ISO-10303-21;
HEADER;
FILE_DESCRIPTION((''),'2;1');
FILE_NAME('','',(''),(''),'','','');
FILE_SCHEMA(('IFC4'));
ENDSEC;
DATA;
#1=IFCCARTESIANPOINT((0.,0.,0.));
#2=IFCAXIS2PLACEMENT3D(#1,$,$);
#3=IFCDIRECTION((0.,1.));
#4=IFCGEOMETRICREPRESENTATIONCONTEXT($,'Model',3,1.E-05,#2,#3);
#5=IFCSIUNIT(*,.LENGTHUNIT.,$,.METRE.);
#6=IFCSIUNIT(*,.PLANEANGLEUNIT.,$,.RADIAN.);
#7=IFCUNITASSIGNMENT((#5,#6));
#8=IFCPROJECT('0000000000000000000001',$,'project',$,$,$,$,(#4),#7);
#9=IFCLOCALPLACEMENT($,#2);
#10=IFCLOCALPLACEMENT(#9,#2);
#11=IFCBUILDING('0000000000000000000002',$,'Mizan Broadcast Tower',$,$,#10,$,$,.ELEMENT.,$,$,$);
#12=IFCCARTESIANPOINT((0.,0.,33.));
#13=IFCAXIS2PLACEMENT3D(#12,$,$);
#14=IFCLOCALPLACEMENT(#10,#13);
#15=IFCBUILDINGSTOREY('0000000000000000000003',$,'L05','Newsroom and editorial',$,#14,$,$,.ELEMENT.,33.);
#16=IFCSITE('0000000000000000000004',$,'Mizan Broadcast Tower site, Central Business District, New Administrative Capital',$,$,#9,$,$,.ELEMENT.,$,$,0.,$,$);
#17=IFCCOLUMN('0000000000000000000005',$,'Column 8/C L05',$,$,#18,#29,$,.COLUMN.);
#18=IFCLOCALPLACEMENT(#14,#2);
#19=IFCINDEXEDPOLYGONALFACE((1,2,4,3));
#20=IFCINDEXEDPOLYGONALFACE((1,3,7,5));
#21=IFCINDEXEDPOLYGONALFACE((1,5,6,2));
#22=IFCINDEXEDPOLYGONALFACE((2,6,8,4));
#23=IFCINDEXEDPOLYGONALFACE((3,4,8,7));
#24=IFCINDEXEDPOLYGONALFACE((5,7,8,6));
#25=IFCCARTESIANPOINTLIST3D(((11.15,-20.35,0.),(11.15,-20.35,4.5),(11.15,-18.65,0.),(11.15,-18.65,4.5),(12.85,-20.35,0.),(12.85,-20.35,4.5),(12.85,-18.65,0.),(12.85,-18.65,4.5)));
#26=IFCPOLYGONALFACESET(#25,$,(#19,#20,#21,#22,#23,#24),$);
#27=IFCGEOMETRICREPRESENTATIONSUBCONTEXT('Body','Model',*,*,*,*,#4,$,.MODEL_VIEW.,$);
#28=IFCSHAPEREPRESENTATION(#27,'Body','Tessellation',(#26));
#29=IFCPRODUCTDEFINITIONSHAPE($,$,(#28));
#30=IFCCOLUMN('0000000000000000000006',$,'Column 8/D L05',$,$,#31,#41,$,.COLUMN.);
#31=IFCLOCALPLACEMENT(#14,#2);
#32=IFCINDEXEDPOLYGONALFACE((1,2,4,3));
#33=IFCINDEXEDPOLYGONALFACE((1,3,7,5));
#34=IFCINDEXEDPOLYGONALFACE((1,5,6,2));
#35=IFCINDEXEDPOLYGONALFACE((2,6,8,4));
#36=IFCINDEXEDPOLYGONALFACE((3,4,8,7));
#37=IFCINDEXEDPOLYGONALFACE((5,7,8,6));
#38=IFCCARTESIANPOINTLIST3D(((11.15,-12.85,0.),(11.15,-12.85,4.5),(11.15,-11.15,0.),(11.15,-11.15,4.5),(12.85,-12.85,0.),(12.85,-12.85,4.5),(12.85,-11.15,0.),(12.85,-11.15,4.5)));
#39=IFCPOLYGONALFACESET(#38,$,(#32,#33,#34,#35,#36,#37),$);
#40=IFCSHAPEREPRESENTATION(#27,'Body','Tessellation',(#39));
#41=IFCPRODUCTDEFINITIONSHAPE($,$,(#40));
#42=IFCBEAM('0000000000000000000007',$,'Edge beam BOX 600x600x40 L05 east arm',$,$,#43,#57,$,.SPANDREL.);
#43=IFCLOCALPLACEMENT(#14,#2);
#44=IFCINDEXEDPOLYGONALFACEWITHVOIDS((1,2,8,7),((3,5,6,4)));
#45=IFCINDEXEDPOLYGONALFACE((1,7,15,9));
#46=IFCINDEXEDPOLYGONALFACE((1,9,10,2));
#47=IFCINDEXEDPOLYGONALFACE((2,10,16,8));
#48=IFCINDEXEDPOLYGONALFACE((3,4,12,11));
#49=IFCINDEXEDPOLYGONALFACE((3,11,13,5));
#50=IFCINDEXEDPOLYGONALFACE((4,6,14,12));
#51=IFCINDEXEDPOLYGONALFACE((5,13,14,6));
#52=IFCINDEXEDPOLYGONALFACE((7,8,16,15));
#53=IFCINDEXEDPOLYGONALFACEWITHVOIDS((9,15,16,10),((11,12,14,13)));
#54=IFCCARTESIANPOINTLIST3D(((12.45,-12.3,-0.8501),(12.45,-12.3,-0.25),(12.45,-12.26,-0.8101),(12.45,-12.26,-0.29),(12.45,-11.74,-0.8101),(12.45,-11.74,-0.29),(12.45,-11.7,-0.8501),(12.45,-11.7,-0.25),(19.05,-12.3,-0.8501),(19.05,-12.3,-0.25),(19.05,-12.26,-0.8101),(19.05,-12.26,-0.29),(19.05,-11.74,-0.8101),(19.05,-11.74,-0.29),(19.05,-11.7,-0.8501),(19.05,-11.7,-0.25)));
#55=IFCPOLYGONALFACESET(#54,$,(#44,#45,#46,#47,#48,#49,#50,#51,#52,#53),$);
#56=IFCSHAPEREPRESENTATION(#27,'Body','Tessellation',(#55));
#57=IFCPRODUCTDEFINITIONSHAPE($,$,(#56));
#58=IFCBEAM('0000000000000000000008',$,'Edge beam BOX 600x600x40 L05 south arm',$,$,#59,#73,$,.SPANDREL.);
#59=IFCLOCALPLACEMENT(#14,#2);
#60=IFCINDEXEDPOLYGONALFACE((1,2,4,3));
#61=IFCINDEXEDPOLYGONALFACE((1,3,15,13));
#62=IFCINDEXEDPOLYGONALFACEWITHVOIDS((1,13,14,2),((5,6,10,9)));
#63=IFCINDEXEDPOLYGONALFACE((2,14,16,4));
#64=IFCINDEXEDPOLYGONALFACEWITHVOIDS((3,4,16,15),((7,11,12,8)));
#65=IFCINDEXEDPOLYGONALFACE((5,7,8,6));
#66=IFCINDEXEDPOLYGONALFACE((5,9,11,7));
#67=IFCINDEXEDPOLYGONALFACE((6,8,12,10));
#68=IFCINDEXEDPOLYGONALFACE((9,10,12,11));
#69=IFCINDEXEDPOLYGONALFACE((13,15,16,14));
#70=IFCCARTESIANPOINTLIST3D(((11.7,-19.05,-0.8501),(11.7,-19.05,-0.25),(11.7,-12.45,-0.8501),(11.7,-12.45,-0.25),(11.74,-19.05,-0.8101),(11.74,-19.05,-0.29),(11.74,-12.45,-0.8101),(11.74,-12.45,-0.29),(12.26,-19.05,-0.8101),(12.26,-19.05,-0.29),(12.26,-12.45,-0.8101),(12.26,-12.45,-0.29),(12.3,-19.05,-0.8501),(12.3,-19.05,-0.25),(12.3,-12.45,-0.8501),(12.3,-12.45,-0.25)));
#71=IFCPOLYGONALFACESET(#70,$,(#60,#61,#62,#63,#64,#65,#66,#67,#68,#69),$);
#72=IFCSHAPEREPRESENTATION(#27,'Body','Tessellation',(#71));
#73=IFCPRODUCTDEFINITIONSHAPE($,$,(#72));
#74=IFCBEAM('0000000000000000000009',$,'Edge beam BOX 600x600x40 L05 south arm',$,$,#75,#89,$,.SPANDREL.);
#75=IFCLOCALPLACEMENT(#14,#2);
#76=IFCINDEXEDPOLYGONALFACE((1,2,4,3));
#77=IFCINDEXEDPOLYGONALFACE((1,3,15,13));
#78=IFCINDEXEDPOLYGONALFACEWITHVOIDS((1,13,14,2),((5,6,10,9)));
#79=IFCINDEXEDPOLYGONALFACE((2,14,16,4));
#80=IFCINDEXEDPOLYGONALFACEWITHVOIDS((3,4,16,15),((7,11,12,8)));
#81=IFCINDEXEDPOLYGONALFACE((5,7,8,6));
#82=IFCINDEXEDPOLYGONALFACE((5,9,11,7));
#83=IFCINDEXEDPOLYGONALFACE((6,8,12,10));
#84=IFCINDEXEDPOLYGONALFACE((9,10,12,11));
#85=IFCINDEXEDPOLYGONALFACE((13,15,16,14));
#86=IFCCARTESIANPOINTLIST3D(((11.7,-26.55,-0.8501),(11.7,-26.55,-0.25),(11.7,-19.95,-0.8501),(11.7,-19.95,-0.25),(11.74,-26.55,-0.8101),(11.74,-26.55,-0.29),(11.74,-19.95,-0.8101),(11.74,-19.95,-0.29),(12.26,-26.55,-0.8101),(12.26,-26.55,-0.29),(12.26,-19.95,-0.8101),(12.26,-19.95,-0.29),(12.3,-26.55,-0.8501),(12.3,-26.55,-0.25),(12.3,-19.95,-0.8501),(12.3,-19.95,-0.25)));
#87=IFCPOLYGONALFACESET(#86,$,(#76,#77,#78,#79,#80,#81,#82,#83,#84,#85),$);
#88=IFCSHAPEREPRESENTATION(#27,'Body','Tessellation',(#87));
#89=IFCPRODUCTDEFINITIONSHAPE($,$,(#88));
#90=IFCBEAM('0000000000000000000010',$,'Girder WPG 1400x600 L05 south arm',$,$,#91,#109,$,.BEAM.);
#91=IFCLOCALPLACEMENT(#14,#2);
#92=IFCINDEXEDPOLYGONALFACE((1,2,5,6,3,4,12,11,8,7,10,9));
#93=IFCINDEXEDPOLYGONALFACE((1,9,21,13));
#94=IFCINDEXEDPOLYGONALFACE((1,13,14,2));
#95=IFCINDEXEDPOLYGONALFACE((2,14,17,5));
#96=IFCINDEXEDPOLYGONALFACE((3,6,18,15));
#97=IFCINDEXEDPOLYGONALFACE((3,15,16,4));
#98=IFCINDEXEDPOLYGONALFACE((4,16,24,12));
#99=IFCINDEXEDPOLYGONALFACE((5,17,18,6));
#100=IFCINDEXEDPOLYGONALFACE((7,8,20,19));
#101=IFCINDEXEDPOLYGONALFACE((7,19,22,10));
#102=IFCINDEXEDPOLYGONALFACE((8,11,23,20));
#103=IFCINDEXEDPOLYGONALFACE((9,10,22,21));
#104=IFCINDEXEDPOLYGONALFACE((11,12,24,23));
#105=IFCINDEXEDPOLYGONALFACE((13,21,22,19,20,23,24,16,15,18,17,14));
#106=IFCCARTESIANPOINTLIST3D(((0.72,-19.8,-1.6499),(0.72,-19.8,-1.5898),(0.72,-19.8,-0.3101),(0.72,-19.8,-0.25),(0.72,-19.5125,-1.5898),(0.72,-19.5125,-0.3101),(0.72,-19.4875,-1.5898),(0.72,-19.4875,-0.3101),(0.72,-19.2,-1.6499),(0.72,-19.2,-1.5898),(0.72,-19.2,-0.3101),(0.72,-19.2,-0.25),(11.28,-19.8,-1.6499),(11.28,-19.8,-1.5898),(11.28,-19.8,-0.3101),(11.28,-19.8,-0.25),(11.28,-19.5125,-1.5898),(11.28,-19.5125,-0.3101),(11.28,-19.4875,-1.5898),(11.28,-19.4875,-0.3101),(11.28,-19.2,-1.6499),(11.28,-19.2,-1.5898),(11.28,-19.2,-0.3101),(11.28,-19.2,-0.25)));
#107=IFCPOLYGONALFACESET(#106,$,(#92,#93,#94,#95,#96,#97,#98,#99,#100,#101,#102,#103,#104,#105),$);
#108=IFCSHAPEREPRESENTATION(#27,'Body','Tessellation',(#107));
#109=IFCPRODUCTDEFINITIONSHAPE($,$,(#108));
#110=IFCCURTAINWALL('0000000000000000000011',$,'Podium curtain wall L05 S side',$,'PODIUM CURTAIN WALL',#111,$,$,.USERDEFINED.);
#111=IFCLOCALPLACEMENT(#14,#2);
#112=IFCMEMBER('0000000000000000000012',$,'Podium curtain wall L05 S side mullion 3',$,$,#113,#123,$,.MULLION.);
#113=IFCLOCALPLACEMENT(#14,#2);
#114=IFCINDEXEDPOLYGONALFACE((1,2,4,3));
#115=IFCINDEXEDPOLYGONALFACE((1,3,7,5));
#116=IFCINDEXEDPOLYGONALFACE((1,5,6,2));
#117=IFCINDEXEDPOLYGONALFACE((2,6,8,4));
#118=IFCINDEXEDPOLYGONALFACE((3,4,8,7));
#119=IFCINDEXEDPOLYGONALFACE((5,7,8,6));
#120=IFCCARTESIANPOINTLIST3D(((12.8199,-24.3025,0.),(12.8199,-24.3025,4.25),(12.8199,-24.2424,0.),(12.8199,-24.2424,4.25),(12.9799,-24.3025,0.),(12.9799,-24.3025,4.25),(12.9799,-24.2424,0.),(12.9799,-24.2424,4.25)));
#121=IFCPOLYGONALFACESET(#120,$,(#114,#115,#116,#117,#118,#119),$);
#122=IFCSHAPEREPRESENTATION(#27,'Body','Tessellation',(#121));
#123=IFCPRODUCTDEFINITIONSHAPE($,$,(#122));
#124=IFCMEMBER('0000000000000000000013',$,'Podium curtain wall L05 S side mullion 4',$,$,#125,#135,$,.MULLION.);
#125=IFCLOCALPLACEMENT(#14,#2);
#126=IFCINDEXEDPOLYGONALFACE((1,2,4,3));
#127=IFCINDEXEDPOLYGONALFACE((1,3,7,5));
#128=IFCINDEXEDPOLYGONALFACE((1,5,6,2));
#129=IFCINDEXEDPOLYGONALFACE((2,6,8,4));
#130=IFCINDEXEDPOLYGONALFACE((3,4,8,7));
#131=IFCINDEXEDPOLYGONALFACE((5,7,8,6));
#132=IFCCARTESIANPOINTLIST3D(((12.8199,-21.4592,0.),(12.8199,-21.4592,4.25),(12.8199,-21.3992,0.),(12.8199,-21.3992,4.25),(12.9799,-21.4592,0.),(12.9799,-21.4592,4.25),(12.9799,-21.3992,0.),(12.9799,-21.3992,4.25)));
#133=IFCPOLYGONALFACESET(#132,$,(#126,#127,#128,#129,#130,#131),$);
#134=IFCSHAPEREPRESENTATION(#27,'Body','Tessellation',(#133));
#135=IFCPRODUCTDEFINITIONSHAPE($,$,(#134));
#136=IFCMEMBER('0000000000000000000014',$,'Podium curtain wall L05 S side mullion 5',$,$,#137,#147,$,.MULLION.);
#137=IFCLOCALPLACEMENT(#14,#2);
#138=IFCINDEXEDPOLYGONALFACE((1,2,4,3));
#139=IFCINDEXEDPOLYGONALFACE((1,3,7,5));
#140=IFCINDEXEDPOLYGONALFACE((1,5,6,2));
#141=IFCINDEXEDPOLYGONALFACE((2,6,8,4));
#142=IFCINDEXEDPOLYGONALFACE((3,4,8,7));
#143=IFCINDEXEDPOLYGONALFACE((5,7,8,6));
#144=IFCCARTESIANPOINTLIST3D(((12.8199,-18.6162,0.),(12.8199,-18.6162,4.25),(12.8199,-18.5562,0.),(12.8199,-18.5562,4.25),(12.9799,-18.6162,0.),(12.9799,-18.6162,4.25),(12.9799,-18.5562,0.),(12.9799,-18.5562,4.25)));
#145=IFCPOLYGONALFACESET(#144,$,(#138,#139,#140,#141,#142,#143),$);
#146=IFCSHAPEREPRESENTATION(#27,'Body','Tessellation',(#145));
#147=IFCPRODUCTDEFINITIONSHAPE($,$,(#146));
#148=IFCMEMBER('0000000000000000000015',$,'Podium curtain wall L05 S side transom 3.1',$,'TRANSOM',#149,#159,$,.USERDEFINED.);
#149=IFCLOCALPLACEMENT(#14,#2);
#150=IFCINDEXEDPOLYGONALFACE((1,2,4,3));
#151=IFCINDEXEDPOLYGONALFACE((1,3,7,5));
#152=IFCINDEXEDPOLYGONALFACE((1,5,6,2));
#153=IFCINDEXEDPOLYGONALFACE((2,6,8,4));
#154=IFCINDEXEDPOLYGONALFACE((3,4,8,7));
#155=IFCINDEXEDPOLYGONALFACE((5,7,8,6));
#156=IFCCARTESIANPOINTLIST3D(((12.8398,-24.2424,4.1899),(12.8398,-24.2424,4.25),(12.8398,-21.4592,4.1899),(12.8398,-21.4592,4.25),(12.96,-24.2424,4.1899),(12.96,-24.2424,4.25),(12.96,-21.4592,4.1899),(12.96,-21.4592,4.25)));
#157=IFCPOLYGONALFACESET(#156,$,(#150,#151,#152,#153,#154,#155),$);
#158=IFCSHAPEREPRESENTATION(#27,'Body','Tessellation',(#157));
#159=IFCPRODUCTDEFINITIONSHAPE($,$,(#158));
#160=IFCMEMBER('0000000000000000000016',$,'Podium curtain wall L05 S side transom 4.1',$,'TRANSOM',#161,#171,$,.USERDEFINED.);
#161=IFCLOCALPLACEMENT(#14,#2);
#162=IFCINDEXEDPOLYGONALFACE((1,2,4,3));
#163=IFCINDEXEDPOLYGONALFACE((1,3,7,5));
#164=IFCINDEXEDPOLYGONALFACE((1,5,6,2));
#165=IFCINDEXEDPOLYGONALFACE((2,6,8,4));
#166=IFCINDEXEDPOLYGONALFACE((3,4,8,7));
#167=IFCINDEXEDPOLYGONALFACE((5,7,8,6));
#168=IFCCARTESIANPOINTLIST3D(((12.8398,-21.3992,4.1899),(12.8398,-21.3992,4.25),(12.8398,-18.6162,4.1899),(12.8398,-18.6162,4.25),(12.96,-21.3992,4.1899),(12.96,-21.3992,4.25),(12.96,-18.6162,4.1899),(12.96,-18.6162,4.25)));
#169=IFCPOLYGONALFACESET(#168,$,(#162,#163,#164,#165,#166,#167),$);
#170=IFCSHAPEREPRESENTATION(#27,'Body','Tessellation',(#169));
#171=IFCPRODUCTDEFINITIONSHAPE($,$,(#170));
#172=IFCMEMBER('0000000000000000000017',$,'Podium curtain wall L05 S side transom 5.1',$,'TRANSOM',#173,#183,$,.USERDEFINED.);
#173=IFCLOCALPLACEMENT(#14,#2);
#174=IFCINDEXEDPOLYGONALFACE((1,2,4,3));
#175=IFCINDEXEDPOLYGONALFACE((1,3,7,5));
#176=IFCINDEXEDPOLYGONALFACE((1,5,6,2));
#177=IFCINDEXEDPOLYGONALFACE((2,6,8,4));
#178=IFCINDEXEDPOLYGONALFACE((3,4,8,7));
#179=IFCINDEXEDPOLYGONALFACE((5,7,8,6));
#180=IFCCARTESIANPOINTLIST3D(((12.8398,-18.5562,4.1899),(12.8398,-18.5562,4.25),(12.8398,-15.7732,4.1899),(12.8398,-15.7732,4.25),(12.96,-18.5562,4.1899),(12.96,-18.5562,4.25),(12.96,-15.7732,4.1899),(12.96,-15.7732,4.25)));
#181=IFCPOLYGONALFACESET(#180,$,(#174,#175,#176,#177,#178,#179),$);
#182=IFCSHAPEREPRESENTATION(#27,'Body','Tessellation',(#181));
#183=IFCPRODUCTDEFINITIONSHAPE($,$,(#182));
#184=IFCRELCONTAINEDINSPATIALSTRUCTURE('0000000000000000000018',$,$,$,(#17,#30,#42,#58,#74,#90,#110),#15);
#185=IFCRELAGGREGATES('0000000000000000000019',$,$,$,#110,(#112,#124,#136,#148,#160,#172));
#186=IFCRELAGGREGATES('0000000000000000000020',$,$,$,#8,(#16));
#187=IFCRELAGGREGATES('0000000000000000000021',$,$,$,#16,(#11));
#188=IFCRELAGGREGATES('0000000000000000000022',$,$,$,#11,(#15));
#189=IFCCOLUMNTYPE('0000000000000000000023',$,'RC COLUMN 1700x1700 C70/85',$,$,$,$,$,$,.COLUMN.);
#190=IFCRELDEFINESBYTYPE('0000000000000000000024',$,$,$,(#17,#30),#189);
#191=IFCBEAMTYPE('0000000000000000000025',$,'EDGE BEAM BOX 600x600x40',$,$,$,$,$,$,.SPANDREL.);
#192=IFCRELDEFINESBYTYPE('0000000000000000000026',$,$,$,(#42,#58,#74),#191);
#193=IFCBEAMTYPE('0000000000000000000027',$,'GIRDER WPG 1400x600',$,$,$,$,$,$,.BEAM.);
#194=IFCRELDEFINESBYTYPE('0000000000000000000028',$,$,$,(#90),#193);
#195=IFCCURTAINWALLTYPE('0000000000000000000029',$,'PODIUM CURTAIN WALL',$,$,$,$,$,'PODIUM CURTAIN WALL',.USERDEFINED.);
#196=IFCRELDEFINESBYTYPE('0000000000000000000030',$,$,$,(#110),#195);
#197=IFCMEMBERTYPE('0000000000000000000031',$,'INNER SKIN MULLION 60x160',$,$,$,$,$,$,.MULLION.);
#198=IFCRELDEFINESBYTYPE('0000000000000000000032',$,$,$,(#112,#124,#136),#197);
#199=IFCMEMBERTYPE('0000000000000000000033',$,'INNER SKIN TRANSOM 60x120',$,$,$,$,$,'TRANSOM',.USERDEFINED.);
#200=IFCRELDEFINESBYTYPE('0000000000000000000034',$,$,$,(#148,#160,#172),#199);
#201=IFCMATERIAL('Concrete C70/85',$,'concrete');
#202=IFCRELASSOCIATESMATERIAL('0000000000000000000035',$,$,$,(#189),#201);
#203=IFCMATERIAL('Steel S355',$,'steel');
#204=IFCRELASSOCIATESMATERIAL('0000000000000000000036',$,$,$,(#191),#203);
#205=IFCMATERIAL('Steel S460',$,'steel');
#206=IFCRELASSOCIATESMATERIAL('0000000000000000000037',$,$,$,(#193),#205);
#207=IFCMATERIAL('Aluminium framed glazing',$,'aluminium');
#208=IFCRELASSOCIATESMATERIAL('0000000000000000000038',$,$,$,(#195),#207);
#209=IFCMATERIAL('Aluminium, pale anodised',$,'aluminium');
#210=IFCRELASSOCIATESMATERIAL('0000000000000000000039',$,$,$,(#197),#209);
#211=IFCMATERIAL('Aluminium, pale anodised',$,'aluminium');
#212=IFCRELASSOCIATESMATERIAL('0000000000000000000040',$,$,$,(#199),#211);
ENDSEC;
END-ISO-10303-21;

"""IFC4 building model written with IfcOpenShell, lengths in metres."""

from ifc_helpers import new_model, si_unit, direction, frame, origin, origin_2d, place, context, subcontext, project, spatial, rectangle, hollow_rectangle, i_section, extrude, material, material_profile, profile_set, type_object, element, aggregate, save


model = new_model("IFC4")

# Units and contexts
model_context = context("Model", 3, precision=1e-05, world=origin(), true_north=direction((0.0, 1.0)))
body_context = subcontext(model_context, "Body", "Model", "MODEL_VIEW")
ifc_project = project(units=[si_unit("LENGTHUNIT", "METRE"), si_unit("PLANEANGLEUNIT", "RADIAN")], contexts=[model_context])

# Site, building, storey
site_placement = place(None, origin())
site = spatial("IfcSite", under=ifc_project, at=site_placement, Name="Mizan Broadcast Tower site, Central Business District, New Administrative Capital", CompositionType="ELEMENT", RefElevation=0.0)
building_placement = place(site_placement, origin())
building = spatial("IfcBuilding", under=site, at=building_placement, Name="Mizan Broadcast Tower", CompositionType="ELEMENT")
storey_placement = place(building_placement, frame((0.0, 0.0, 33.0)))
storey = spatial("IfcBuildingStorey", under=building, at=storey_placement, Name="L05", Description="Newsroom and editorial", CompositionType="ELEMENT", Elevation=33.0)

# Columns
ifc_material_1 = material(Name="Concrete C70/85", Category="concrete")
ifc_material_profile_1 = material_profile(ifc_material_1, rectangle(XDim=1.7, YDim=1.7, at=origin_2d()), Name="RC 1700x1700")
ifc_profile_set_1 = profile_set([ifc_material_profile_1], Name="Concrete C70/85")
column_type = type_object("IfcColumnType", Name="RC COLUMN 1700x1700 C70/85", PredefinedType="COLUMN", material=ifc_profile_set_1)
for number, where, z_axis, x_axis, name in (
    (1, (12.0, -19.5, 0.0), (0.0, 0.0, 1.0), (1.0, 0.0, 0.0), "Column 8/C L05"),
    (2, (12.0, -12.0, 0.0), (0.0, 0.0, 1.0), (1.0, 0.0, 0.0), "Column 8/D L05"),
):
    element("IfcColumn", number, at=place(storey_placement, frame(where, z_axis=z_axis, x_axis=x_axis)), inside=storey, type_object=column_type, Name=name, PredefinedType="COLUMN", context=body_context, shape_type="SweptSolid", body=[
        extrude(rectangle(XDim=1.7, YDim=1.7, at=origin_2d()), origin(), (0.0, 0.0, 1.0), 4.5),
    ])

# Beams
ifc_material_2 = material(Name="Steel S355", Category="steel")
ifc_material_profile_2 = material_profile(ifc_material_2, hollow_rectangle(XDim=0.6001, YDim=0.6001, WallThickness=0.04, at=origin_2d()), Name="BOX 600x600x40")
ifc_profile_set_2 = profile_set([ifc_material_profile_2], Name="Steel S355")
beam_type_1 = type_object("IfcBeamType", Name="EDGE BEAM BOX 600x600x40", PredefinedType="SPANDREL", material=ifc_profile_set_2)
for number, where, z_axis, x_axis, name in (
    (3, (12.45, -12.0, -0.55), (1.0, 0.0, 0.0), (0.0, 1.0, 0.0), "Edge beam BOX 600x600x40 L05 east arm"),
    (4, (12.0, -12.45, -0.55), (0.0, -1.0, 0.0), (1.0, 0.0, 0.0), "Edge beam BOX 600x600x40 L05 south arm"),
    (5, (12.0, -19.95, -0.55), (0.0, -1.0, 0.0), (1.0, 0.0, 0.0), "Edge beam BOX 600x600x40 L05 south arm"),
):
    element("IfcBeam", number, at=place(storey_placement, frame(where, z_axis=z_axis, x_axis=x_axis)), inside=storey, type_object=beam_type_1, Name=name, PredefinedType="SPANDREL", context=body_context, shape_type="SweptSolid", body=[
        extrude(hollow_rectangle(XDim=0.6001, YDim=0.6001, WallThickness=0.04, at=origin_2d()), origin(), (0.0, 0.0, 1.0), 6.6001),
    ])
ifc_material_3 = material(Name="Steel S460", Category="steel")
ifc_material_profile_3 = material_profile(ifc_material_3, i_section(OverallWidth=0.6001, OverallDepth=1.3999, WebThickness=0.0249, FlangeThickness=0.0601, at=origin_2d()), Name="WPG 1400x600")
ifc_profile_set_3 = profile_set([ifc_material_profile_3], Name="Steel S460")
beam_type_2 = type_object("IfcBeamType", Name="GIRDER WPG 1400x600", PredefinedType="BEAM", material=ifc_profile_set_3)
beam_1_placement = place(storey_placement, frame((0.72, -19.5, -0.95), z_axis=(1.0, 0.0, 0.0), x_axis=(0.0, 1.0, 0.0)))
element("IfcBeam", 6, at=beam_1_placement, inside=storey, type_object=beam_type_2, Name="Girder WPG 1400x600 L05 south arm", PredefinedType="BEAM", context=body_context, shape_type="SweptSolid", body=[
    extrude(i_section(OverallWidth=0.6001, OverallDepth=1.3999, WebThickness=0.0249, FlangeThickness=0.0601, at=origin_2d()), origin(), (0.0, 0.0, 1.0), 10.5601),
])

# Curtain wall, members
ifc_material_4 = material(Name="Aluminium framed glazing", Category="aluminium")
curtain_wall_type = type_object("IfcCurtainWallType", Name="PODIUM CURTAIN WALL", ElementType="PODIUM CURTAIN WALL", PredefinedType="USERDEFINED", material=ifc_material_4)
curtain_wall_placement = place(storey_placement, origin())
curtain_wall = element("IfcCurtainWall", 7, at=curtain_wall_placement, inside=storey, type_object=curtain_wall_type, Name="Podium curtain wall L05 S side", ObjectType="PODIUM CURTAIN WALL", PredefinedType="USERDEFINED")
ifc_material_5 = material(Name="Aluminium, pale anodised", Category="aluminium")
ifc_material_profile_4 = material_profile(ifc_material_5, rectangle(XDim=0.1599, YDim=0.0601, at=origin_2d()), Name="MULLION 160x60")
ifc_profile_set_4 = profile_set([ifc_material_profile_4], Name="Aluminium, pale anodised")
member_type_1 = type_object("IfcMemberType", Name="INNER SKIN MULLION 60x160", PredefinedType="MULLION", material=ifc_profile_set_4)
member_1_placement = place(storey_placement, frame((12.8999, -24.2725, 0.0), z_axis=(0.0, 0.0, 1.0), x_axis=(-1.0, 0.0, 0.0)))
member_1 = element("IfcMember", 8, at=member_1_placement, type_object=member_type_1, Name="Podium curtain wall L05 S side mullion 3", PredefinedType="MULLION", context=body_context, shape_type="SweptSolid", body=[
    extrude(rectangle(XDim=0.1599, YDim=0.0601, at=origin_2d()), origin(), (0.0, 0.0, 1.0), 4.25),
])
member_2_placement = place(storey_placement, frame((12.8999, -21.4292, 0.0), z_axis=(0.0, 0.0, 1.0), x_axis=(-1.0, 0.0, 0.0)))
member_2 = element("IfcMember", 9, at=member_2_placement, type_object=member_type_1, Name="Podium curtain wall L05 S side mullion 4", PredefinedType="MULLION", context=body_context, shape_type="SweptSolid", body=[
    extrude(rectangle(XDim=0.1599, YDim=0.0601, at=origin_2d()), origin(), (0.0, 0.0, 1.0), 4.25),
])
member_3_placement = place(storey_placement, frame((12.8999, -18.5862, 0.0), z_axis=(0.0, 0.0, 1.0), x_axis=(-1.0, 0.0, 0.0)))
member_3 = element("IfcMember", 10, at=member_3_placement, type_object=member_type_1, Name="Podium curtain wall L05 S side mullion 5", PredefinedType="MULLION", context=body_context, shape_type="SweptSolid", body=[
    extrude(rectangle(XDim=0.1599, YDim=0.0601, at=origin_2d()), origin(), (0.0, 0.0, 1.0), 4.25),
])
ifc_material_6 = material(Name="Aluminium, pale anodised", Category="aluminium")
ifc_material_profile_5 = material_profile(ifc_material_6, rectangle(XDim=0.1201, YDim=0.0601, at=origin_2d()), Name="TRANSOM 120x60")
ifc_profile_set_5 = profile_set([ifc_material_profile_5], Name="Aluminium, pale anodised")
member_type_2 = type_object("IfcMemberType", Name="INNER SKIN TRANSOM 60x120", ElementType="TRANSOM", PredefinedType="USERDEFINED", material=ifc_profile_set_5)
member_4_placement = place(storey_placement, frame((12.8999, -24.2424, 4.22), z_axis=(0.0, 1.0, 0.0), x_axis=(-1.0, 0.0, 0.0)))
member_4 = element("IfcMember", 11, at=member_4_placement, type_object=member_type_2, Name="Podium curtain wall L05 S side transom 3.1", ObjectType="TRANSOM", PredefinedType="USERDEFINED", context=body_context, shape_type="SweptSolid", body=[
    extrude(rectangle(XDim=0.1201, YDim=0.0601, at=origin_2d()), origin(), (0.0, 0.0, 1.0), 2.7832),
])
member_5_placement = place(storey_placement, frame((12.8999, -21.3992, 4.22), z_axis=(0.0, 1.0, 0.0), x_axis=(-1.0, 0.0, 0.0)))
member_5 = element("IfcMember", 12, at=member_5_placement, type_object=member_type_2, Name="Podium curtain wall L05 S side transom 4.1", ObjectType="TRANSOM", PredefinedType="USERDEFINED", context=body_context, shape_type="SweptSolid", body=[
    extrude(rectangle(XDim=0.1201, YDim=0.0601, at=origin_2d()), origin(), (0.0, 0.0, 1.0), 2.783),
])
member_6_placement = place(storey_placement, frame((12.8999, -18.5562, 4.22), z_axis=(0.0, 1.0, 0.0), x_axis=(-1.0, 0.0, 0.0)))
member_6 = element("IfcMember", 13, at=member_6_placement, type_object=member_type_2, Name="Podium curtain wall L05 S side transom 5.1", ObjectType="TRANSOM", PredefinedType="USERDEFINED", context=body_context, shape_type="SweptSolid", body=[
    extrude(rectangle(XDim=0.1201, YDim=0.0601, at=origin_2d()), origin(), (0.0, 0.0, 1.0), 2.783),
])

aggregate(curtain_wall, [member_1, member_2, member_3, member_4, member_5, member_6])

save(model, "model.ifc")
